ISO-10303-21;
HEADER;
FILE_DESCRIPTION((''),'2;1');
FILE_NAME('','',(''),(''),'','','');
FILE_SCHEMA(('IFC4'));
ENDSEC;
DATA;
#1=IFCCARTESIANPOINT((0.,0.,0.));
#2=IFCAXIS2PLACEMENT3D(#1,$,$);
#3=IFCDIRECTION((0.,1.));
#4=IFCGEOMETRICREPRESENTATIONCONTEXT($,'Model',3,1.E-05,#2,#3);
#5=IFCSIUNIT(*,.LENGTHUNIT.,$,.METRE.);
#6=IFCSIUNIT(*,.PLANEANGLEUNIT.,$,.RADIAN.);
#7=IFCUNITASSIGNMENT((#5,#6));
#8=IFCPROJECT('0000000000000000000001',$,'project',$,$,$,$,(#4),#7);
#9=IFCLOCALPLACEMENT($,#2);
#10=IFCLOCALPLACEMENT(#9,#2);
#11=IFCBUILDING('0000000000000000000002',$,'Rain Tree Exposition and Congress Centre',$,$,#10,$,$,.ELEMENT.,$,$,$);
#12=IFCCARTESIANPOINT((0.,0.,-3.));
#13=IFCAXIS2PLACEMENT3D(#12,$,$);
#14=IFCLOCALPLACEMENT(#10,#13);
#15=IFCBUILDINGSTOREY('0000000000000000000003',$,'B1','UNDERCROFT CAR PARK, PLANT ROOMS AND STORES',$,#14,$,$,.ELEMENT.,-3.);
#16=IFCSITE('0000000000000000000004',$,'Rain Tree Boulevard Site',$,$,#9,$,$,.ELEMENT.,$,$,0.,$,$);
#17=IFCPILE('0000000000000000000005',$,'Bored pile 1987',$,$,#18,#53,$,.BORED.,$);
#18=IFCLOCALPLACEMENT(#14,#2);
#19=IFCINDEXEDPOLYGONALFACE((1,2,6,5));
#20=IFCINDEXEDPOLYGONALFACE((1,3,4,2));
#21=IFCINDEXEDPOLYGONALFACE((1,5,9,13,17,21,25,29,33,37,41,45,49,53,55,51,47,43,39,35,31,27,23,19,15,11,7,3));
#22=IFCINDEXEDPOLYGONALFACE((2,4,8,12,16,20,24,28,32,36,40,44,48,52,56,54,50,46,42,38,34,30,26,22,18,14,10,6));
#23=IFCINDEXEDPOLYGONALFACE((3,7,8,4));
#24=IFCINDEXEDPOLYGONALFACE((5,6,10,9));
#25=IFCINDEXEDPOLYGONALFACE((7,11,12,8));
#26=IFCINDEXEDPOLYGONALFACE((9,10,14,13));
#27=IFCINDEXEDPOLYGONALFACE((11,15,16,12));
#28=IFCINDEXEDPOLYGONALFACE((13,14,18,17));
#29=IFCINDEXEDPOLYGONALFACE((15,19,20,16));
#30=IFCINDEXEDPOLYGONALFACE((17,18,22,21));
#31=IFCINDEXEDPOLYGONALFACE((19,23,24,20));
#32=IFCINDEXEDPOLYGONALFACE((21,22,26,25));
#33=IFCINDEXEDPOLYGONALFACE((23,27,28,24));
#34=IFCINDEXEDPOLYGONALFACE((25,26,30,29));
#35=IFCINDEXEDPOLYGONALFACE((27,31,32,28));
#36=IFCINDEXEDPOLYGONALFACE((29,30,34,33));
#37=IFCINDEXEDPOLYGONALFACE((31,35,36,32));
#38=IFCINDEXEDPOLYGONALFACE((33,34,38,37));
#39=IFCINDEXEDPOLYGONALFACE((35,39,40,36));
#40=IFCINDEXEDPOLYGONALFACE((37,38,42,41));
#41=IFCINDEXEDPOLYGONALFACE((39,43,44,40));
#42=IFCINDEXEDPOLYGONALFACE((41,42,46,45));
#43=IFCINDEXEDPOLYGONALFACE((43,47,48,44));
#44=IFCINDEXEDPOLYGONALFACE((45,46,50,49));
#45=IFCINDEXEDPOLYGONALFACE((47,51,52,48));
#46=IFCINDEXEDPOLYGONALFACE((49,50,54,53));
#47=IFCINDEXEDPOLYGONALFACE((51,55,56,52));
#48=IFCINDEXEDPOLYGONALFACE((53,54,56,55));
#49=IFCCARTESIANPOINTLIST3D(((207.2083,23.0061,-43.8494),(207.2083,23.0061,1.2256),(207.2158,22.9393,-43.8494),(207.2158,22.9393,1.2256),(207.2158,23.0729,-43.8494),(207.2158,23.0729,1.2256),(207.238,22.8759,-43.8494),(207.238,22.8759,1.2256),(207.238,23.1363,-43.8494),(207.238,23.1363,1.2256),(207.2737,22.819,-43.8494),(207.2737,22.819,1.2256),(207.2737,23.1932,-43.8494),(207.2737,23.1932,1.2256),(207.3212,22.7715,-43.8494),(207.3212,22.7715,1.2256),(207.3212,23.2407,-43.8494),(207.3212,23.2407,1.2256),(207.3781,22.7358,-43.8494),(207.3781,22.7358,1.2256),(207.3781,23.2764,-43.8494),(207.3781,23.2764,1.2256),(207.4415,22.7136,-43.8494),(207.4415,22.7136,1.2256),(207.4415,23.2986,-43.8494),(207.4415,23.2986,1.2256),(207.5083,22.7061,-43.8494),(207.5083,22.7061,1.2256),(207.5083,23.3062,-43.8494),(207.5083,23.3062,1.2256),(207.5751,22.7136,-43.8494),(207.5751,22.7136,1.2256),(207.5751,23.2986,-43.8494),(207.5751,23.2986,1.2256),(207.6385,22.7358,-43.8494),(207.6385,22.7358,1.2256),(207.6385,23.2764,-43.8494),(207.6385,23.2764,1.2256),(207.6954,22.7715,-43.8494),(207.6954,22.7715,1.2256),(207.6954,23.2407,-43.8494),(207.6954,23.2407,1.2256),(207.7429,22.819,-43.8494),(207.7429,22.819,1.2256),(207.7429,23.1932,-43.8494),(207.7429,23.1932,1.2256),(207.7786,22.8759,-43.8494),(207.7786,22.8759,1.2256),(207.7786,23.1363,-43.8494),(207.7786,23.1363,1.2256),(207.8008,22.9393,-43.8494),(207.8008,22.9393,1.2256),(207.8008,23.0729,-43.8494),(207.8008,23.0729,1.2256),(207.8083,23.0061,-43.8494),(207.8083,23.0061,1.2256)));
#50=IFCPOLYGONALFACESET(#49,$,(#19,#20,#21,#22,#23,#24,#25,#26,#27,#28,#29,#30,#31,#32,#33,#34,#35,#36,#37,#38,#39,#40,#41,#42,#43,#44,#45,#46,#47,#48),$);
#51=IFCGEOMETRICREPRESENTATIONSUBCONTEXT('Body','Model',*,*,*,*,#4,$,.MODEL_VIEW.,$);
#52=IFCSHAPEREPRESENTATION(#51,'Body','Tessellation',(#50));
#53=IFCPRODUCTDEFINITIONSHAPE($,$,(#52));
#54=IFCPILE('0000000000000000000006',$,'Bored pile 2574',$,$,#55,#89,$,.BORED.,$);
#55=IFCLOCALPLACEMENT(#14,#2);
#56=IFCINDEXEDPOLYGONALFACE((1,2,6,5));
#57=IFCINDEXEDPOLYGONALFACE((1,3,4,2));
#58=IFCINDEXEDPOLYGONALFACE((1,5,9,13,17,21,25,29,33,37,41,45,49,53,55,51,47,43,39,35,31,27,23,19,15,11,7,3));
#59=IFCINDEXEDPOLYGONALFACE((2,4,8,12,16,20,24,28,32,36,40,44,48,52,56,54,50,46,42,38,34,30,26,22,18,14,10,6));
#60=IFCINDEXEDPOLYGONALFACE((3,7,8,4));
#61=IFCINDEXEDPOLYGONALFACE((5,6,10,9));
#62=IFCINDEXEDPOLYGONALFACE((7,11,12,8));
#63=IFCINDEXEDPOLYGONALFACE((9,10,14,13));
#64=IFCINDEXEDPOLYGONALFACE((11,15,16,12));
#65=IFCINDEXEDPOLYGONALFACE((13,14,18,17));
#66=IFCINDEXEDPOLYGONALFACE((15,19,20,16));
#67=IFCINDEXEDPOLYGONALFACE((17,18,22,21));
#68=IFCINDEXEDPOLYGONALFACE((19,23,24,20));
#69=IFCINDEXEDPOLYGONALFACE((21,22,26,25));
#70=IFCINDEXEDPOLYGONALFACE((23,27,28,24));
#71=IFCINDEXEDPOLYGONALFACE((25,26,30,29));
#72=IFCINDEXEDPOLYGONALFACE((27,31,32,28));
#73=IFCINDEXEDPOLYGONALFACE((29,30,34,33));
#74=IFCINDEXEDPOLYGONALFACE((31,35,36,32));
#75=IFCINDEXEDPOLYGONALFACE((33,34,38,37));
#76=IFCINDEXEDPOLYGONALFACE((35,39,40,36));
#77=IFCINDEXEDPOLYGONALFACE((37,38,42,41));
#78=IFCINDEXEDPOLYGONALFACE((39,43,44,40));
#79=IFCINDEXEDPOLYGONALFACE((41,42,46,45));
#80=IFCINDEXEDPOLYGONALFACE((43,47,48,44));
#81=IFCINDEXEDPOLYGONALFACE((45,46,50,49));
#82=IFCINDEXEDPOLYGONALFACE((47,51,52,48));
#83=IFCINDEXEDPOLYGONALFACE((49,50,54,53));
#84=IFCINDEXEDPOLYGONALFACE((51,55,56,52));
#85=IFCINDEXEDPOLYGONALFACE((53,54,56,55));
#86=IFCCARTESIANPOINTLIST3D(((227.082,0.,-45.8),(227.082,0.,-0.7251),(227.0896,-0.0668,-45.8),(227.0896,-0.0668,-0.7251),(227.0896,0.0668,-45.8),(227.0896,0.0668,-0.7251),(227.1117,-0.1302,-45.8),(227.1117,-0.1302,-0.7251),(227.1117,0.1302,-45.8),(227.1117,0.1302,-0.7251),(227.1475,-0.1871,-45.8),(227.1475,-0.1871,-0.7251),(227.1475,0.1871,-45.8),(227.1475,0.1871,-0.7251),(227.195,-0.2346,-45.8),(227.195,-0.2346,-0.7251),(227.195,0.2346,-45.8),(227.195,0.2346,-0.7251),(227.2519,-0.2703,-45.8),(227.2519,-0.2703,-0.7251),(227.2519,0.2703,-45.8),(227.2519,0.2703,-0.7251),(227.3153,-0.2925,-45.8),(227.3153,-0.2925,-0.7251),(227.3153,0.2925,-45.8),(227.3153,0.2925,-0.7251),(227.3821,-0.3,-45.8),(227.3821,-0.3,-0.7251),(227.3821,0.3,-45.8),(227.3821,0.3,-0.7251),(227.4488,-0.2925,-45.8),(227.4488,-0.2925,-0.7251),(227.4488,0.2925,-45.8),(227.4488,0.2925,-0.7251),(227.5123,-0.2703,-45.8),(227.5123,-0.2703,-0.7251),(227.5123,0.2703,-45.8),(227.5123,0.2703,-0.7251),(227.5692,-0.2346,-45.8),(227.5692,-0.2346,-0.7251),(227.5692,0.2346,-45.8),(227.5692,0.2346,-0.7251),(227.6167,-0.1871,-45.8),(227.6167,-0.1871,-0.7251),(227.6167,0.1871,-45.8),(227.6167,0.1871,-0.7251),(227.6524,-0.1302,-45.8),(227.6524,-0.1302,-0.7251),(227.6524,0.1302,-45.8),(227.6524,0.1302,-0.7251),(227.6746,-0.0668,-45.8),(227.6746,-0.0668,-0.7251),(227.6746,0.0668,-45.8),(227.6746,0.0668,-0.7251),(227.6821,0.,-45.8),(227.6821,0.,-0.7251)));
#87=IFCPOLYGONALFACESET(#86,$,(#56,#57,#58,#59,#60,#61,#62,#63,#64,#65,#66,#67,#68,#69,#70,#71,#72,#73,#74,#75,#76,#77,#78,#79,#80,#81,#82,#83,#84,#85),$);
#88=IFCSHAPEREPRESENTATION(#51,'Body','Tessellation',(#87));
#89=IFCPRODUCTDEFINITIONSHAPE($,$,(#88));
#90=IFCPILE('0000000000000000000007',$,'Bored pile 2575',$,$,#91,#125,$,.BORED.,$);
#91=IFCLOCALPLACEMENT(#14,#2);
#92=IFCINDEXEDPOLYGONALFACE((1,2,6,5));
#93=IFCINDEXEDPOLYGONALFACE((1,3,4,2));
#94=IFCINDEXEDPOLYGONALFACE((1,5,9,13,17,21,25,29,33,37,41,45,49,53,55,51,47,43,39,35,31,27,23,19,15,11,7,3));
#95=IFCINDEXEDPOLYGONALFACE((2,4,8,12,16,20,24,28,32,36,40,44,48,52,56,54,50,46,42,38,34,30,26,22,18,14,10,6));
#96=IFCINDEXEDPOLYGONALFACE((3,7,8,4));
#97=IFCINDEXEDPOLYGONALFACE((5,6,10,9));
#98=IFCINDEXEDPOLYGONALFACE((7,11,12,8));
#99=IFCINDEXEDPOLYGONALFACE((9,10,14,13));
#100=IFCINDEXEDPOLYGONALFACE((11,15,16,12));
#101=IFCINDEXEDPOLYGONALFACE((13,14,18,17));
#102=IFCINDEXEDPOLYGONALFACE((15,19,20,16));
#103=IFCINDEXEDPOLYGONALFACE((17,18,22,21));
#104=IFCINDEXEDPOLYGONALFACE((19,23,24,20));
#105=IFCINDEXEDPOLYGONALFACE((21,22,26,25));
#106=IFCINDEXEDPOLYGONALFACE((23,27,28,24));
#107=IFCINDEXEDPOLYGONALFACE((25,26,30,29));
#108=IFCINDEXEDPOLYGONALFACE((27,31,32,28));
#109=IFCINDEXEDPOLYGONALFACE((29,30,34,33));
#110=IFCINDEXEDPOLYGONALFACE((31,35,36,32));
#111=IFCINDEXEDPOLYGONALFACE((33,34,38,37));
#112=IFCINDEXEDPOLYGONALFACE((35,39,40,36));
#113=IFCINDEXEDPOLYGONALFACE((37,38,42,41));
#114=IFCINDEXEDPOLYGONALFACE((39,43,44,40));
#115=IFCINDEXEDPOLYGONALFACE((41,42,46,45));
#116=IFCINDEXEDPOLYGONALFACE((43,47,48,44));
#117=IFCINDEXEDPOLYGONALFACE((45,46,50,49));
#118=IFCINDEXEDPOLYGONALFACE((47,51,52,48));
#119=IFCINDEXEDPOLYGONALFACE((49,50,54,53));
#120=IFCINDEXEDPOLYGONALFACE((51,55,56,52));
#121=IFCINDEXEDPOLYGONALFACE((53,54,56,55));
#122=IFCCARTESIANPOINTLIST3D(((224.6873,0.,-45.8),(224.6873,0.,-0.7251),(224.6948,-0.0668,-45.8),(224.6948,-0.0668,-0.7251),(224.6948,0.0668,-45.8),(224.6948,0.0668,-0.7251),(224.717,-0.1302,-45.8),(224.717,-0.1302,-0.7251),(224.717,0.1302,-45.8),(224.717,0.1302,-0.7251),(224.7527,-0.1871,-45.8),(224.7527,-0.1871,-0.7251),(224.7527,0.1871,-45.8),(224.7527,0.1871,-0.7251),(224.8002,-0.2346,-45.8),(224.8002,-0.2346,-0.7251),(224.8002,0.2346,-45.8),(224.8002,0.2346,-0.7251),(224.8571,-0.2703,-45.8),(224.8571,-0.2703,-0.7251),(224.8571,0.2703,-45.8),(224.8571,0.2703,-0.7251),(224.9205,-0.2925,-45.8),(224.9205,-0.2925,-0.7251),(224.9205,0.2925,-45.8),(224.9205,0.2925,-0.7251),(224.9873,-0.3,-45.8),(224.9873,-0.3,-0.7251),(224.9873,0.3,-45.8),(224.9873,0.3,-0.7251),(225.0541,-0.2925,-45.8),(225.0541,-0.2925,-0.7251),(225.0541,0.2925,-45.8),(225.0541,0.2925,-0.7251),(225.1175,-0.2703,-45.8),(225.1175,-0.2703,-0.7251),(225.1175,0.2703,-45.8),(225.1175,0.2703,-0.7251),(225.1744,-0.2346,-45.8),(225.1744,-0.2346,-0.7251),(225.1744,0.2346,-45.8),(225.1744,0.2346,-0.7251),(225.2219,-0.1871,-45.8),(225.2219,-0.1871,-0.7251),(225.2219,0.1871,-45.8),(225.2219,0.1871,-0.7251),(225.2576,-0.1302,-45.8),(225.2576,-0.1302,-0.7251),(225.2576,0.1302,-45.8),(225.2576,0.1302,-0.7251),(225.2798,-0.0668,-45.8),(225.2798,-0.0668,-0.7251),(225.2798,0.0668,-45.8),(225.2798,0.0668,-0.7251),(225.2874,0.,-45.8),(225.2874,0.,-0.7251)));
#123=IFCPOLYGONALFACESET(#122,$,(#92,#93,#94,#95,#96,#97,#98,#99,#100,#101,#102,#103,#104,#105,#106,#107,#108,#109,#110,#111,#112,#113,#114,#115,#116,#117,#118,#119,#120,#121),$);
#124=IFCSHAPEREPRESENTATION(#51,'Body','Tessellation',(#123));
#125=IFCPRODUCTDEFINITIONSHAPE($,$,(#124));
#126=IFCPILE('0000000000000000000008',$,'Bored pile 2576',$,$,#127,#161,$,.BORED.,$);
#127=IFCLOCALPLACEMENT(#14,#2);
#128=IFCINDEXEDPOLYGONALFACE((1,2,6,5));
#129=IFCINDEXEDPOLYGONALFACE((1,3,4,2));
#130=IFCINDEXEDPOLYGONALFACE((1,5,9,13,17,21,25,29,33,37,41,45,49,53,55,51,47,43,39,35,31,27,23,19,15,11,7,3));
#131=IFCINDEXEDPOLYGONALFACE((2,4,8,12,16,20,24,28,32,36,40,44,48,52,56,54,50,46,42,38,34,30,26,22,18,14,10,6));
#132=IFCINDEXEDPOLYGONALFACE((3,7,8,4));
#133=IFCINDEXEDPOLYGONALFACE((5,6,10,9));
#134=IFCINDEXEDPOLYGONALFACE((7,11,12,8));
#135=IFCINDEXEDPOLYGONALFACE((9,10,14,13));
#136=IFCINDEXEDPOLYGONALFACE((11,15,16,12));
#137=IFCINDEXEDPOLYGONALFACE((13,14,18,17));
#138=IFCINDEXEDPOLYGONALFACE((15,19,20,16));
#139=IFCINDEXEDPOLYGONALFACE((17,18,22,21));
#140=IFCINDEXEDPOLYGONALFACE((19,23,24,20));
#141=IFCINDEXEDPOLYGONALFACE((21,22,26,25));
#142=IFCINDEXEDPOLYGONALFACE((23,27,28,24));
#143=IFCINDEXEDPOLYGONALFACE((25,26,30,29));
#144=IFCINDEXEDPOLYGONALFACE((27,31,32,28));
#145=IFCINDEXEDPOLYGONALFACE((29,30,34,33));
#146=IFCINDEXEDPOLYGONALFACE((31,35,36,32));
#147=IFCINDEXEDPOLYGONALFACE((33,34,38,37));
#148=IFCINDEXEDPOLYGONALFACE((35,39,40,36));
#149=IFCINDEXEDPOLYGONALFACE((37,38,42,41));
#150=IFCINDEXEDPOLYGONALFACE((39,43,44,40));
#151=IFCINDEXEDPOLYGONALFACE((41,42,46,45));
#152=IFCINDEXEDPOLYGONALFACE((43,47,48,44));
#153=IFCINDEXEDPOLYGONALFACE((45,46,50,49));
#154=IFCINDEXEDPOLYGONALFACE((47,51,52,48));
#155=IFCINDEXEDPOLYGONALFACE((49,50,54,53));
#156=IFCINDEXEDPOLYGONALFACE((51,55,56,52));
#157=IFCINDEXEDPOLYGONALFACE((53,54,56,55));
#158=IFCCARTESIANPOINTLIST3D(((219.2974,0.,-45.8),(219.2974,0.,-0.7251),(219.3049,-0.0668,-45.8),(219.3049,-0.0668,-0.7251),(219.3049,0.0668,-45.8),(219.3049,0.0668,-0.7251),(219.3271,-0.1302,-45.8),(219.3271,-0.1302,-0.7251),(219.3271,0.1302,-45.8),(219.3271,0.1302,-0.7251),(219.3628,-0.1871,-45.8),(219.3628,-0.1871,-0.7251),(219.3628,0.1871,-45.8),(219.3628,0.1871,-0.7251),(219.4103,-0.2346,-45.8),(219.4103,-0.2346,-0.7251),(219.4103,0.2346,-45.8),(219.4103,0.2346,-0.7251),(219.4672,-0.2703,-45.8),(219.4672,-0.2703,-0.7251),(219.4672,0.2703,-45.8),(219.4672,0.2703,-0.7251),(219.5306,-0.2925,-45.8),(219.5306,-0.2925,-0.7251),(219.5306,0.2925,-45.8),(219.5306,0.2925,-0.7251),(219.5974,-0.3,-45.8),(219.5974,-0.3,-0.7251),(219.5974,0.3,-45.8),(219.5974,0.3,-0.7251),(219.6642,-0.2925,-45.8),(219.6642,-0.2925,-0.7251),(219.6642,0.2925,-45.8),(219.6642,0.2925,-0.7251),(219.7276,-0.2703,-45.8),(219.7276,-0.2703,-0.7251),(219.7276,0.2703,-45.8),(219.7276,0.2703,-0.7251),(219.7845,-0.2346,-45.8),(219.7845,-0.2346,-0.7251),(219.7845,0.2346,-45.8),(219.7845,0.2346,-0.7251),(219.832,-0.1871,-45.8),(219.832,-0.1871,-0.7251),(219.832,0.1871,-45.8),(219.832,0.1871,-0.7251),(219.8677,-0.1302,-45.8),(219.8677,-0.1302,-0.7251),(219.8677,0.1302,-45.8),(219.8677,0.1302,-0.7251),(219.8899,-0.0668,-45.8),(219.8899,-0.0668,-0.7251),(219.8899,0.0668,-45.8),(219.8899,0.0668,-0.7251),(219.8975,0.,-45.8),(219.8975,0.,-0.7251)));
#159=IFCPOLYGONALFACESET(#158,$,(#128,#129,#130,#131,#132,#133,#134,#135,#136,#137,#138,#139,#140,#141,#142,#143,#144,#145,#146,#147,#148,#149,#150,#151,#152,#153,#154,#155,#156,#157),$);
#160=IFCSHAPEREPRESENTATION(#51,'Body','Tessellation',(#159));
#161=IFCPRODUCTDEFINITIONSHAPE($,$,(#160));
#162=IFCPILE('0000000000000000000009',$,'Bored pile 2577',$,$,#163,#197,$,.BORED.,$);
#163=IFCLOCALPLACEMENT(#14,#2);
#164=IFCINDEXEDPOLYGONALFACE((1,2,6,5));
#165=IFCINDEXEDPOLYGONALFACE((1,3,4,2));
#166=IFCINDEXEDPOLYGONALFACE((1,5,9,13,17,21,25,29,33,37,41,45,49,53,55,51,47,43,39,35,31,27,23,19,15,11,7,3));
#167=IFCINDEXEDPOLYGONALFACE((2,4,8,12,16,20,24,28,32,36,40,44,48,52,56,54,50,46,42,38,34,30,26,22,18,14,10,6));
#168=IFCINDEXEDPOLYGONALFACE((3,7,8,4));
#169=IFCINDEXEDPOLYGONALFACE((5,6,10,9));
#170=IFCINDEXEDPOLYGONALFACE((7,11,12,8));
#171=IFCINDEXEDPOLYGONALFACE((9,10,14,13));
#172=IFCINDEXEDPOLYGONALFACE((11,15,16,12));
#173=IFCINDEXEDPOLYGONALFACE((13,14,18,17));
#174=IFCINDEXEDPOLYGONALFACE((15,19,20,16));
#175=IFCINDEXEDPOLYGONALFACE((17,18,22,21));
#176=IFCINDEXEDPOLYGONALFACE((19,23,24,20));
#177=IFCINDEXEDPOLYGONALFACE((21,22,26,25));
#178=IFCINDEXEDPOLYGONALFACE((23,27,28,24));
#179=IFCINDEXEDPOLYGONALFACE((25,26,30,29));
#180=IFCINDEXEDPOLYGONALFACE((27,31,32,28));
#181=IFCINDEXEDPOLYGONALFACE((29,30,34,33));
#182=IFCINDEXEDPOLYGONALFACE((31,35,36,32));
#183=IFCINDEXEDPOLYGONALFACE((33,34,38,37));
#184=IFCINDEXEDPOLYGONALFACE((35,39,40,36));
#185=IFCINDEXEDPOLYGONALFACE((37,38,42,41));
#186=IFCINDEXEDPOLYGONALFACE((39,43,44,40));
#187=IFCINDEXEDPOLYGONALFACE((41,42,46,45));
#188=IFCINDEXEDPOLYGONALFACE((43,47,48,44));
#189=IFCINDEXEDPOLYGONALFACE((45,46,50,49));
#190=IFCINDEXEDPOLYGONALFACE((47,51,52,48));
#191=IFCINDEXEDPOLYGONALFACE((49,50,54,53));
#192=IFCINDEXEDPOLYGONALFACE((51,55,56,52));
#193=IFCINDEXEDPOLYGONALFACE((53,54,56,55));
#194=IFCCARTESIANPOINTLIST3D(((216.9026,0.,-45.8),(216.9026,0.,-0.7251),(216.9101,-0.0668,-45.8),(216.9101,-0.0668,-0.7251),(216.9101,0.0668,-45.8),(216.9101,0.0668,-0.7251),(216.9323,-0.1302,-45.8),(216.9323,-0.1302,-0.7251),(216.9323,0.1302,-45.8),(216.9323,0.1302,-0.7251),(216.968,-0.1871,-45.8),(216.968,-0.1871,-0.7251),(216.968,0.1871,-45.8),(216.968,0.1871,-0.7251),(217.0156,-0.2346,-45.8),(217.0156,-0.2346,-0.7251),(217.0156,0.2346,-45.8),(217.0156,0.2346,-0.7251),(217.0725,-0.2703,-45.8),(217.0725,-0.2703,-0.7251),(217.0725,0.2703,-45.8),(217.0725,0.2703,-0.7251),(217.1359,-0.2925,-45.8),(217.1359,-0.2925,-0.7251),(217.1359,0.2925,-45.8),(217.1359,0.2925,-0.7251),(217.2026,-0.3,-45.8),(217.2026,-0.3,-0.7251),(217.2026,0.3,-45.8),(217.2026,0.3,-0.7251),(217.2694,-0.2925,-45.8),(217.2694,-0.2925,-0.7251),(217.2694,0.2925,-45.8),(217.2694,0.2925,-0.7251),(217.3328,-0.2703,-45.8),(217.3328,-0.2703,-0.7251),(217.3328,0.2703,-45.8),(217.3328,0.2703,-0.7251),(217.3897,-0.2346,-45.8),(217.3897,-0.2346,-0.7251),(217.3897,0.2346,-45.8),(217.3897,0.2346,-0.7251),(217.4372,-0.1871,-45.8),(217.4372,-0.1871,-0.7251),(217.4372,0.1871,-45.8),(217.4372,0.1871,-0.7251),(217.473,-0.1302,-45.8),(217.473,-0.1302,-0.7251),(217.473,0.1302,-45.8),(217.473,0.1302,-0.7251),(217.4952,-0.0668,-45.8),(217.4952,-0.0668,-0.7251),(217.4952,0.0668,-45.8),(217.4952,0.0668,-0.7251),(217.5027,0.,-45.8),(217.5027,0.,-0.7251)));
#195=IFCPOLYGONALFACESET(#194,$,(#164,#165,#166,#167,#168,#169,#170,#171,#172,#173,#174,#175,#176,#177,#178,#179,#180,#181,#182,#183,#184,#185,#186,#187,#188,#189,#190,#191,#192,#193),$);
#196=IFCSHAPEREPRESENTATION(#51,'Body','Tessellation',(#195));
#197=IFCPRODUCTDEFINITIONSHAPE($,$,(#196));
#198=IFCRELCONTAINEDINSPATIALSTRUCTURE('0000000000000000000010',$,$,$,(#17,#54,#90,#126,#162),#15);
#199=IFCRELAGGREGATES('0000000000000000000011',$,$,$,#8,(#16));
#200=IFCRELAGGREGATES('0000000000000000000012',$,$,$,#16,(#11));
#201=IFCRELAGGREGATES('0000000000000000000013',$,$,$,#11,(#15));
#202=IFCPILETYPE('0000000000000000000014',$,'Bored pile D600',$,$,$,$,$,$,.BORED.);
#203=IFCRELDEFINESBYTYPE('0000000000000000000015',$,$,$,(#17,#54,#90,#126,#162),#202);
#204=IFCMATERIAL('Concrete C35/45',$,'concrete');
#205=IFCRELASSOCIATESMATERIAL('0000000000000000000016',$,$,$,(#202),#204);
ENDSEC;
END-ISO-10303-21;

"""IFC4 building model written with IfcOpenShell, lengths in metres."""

from ifc_helpers import new_model, si_unit, direction, frame, origin, origin_2d, place, context, subcontext, project, spatial, circle, extrude, material, material_profile, profile_set, type_object, element, save


model = new_model("IFC4")

# Units and contexts
model_context = context("Model", 3, precision=1e-05, world=origin(), true_north=direction((0.0, 1.0)))
body_context = subcontext(model_context, "Body", "Model", "MODEL_VIEW")
ifc_project = project(units=[si_unit("LENGTHUNIT", "METRE"), si_unit("PLANEANGLEUNIT", "RADIAN")], contexts=[model_context])

# Site, building, storey
site_placement = place(None, origin())
site = spatial("IfcSite", under=ifc_project, at=site_placement, Name="Rain Tree Boulevard Site", CompositionType="ELEMENT", RefElevation=0.0)
building_placement = place(site_placement, origin())
building = spatial("IfcBuilding", under=site, at=building_placement, Name="Rain Tree Exposition and Congress Centre", CompositionType="ELEMENT")
storey_placement = place(building_placement, frame((0.0, 0.0, -3.0)))
storey = spatial("IfcBuildingStorey", under=building, at=storey_placement, Name="B1", Description="UNDERCROFT CAR PARK, PLANT ROOMS AND STORES", CompositionType="ELEMENT", Elevation=-3.0)

# Piles
ifc_material_1 = material(Name="Concrete C35/45", Category="concrete")
ifc_material_profile = material_profile(ifc_material_1, circle(Radius=0.3, at=origin_2d()), Name="D600")
ifc_profile_set = profile_set([ifc_material_profile], Name="Concrete C35/45")
pile_type = type_object("IfcPileType", Name="Bored pile D600", PredefinedType="BORED", material=ifc_profile_set)
for number, where, z_axis, x_axis, name in (
    (1, (207.5083, 23.0061, 1.2256), (0.0, 0.0, -1.0), (1.0, 0.0, 0.0), "Bored pile 1987"),
    (2, (227.3821, 0.0, -0.7251), (0.0, 0.0, -1.0), (1.0, 0.0, 0.0), "Bored pile 2574"),
    (3, (224.9873, 0.0, -0.7251), (0.0, 0.0, -1.0), (1.0, 0.0, 0.0), "Bored pile 2575"),
    (4, (219.5974, 0.0, -0.7251), (0.0, 0.0, -1.0), (1.0, 0.0, 0.0), "Bored pile 2576"),
    (5, (217.2026, 0.0, -0.7251), (0.0, 0.0, -1.0), (1.0, 0.0, 0.0), "Bored pile 2577"),
):
    element("IfcPile", number, at=place(storey_placement, frame(where, z_axis=z_axis, x_axis=x_axis)), inside=storey, type_object=pile_type, Name=name, PredefinedType="BORED", context=body_context, shape_type="SweptSolid", body=[
        extrude(circle(Radius=0.3, at=origin_2d()), origin(), (0.0, 0.0, 1.0), 45.075),
    ])

save(model, "model.ifc")
